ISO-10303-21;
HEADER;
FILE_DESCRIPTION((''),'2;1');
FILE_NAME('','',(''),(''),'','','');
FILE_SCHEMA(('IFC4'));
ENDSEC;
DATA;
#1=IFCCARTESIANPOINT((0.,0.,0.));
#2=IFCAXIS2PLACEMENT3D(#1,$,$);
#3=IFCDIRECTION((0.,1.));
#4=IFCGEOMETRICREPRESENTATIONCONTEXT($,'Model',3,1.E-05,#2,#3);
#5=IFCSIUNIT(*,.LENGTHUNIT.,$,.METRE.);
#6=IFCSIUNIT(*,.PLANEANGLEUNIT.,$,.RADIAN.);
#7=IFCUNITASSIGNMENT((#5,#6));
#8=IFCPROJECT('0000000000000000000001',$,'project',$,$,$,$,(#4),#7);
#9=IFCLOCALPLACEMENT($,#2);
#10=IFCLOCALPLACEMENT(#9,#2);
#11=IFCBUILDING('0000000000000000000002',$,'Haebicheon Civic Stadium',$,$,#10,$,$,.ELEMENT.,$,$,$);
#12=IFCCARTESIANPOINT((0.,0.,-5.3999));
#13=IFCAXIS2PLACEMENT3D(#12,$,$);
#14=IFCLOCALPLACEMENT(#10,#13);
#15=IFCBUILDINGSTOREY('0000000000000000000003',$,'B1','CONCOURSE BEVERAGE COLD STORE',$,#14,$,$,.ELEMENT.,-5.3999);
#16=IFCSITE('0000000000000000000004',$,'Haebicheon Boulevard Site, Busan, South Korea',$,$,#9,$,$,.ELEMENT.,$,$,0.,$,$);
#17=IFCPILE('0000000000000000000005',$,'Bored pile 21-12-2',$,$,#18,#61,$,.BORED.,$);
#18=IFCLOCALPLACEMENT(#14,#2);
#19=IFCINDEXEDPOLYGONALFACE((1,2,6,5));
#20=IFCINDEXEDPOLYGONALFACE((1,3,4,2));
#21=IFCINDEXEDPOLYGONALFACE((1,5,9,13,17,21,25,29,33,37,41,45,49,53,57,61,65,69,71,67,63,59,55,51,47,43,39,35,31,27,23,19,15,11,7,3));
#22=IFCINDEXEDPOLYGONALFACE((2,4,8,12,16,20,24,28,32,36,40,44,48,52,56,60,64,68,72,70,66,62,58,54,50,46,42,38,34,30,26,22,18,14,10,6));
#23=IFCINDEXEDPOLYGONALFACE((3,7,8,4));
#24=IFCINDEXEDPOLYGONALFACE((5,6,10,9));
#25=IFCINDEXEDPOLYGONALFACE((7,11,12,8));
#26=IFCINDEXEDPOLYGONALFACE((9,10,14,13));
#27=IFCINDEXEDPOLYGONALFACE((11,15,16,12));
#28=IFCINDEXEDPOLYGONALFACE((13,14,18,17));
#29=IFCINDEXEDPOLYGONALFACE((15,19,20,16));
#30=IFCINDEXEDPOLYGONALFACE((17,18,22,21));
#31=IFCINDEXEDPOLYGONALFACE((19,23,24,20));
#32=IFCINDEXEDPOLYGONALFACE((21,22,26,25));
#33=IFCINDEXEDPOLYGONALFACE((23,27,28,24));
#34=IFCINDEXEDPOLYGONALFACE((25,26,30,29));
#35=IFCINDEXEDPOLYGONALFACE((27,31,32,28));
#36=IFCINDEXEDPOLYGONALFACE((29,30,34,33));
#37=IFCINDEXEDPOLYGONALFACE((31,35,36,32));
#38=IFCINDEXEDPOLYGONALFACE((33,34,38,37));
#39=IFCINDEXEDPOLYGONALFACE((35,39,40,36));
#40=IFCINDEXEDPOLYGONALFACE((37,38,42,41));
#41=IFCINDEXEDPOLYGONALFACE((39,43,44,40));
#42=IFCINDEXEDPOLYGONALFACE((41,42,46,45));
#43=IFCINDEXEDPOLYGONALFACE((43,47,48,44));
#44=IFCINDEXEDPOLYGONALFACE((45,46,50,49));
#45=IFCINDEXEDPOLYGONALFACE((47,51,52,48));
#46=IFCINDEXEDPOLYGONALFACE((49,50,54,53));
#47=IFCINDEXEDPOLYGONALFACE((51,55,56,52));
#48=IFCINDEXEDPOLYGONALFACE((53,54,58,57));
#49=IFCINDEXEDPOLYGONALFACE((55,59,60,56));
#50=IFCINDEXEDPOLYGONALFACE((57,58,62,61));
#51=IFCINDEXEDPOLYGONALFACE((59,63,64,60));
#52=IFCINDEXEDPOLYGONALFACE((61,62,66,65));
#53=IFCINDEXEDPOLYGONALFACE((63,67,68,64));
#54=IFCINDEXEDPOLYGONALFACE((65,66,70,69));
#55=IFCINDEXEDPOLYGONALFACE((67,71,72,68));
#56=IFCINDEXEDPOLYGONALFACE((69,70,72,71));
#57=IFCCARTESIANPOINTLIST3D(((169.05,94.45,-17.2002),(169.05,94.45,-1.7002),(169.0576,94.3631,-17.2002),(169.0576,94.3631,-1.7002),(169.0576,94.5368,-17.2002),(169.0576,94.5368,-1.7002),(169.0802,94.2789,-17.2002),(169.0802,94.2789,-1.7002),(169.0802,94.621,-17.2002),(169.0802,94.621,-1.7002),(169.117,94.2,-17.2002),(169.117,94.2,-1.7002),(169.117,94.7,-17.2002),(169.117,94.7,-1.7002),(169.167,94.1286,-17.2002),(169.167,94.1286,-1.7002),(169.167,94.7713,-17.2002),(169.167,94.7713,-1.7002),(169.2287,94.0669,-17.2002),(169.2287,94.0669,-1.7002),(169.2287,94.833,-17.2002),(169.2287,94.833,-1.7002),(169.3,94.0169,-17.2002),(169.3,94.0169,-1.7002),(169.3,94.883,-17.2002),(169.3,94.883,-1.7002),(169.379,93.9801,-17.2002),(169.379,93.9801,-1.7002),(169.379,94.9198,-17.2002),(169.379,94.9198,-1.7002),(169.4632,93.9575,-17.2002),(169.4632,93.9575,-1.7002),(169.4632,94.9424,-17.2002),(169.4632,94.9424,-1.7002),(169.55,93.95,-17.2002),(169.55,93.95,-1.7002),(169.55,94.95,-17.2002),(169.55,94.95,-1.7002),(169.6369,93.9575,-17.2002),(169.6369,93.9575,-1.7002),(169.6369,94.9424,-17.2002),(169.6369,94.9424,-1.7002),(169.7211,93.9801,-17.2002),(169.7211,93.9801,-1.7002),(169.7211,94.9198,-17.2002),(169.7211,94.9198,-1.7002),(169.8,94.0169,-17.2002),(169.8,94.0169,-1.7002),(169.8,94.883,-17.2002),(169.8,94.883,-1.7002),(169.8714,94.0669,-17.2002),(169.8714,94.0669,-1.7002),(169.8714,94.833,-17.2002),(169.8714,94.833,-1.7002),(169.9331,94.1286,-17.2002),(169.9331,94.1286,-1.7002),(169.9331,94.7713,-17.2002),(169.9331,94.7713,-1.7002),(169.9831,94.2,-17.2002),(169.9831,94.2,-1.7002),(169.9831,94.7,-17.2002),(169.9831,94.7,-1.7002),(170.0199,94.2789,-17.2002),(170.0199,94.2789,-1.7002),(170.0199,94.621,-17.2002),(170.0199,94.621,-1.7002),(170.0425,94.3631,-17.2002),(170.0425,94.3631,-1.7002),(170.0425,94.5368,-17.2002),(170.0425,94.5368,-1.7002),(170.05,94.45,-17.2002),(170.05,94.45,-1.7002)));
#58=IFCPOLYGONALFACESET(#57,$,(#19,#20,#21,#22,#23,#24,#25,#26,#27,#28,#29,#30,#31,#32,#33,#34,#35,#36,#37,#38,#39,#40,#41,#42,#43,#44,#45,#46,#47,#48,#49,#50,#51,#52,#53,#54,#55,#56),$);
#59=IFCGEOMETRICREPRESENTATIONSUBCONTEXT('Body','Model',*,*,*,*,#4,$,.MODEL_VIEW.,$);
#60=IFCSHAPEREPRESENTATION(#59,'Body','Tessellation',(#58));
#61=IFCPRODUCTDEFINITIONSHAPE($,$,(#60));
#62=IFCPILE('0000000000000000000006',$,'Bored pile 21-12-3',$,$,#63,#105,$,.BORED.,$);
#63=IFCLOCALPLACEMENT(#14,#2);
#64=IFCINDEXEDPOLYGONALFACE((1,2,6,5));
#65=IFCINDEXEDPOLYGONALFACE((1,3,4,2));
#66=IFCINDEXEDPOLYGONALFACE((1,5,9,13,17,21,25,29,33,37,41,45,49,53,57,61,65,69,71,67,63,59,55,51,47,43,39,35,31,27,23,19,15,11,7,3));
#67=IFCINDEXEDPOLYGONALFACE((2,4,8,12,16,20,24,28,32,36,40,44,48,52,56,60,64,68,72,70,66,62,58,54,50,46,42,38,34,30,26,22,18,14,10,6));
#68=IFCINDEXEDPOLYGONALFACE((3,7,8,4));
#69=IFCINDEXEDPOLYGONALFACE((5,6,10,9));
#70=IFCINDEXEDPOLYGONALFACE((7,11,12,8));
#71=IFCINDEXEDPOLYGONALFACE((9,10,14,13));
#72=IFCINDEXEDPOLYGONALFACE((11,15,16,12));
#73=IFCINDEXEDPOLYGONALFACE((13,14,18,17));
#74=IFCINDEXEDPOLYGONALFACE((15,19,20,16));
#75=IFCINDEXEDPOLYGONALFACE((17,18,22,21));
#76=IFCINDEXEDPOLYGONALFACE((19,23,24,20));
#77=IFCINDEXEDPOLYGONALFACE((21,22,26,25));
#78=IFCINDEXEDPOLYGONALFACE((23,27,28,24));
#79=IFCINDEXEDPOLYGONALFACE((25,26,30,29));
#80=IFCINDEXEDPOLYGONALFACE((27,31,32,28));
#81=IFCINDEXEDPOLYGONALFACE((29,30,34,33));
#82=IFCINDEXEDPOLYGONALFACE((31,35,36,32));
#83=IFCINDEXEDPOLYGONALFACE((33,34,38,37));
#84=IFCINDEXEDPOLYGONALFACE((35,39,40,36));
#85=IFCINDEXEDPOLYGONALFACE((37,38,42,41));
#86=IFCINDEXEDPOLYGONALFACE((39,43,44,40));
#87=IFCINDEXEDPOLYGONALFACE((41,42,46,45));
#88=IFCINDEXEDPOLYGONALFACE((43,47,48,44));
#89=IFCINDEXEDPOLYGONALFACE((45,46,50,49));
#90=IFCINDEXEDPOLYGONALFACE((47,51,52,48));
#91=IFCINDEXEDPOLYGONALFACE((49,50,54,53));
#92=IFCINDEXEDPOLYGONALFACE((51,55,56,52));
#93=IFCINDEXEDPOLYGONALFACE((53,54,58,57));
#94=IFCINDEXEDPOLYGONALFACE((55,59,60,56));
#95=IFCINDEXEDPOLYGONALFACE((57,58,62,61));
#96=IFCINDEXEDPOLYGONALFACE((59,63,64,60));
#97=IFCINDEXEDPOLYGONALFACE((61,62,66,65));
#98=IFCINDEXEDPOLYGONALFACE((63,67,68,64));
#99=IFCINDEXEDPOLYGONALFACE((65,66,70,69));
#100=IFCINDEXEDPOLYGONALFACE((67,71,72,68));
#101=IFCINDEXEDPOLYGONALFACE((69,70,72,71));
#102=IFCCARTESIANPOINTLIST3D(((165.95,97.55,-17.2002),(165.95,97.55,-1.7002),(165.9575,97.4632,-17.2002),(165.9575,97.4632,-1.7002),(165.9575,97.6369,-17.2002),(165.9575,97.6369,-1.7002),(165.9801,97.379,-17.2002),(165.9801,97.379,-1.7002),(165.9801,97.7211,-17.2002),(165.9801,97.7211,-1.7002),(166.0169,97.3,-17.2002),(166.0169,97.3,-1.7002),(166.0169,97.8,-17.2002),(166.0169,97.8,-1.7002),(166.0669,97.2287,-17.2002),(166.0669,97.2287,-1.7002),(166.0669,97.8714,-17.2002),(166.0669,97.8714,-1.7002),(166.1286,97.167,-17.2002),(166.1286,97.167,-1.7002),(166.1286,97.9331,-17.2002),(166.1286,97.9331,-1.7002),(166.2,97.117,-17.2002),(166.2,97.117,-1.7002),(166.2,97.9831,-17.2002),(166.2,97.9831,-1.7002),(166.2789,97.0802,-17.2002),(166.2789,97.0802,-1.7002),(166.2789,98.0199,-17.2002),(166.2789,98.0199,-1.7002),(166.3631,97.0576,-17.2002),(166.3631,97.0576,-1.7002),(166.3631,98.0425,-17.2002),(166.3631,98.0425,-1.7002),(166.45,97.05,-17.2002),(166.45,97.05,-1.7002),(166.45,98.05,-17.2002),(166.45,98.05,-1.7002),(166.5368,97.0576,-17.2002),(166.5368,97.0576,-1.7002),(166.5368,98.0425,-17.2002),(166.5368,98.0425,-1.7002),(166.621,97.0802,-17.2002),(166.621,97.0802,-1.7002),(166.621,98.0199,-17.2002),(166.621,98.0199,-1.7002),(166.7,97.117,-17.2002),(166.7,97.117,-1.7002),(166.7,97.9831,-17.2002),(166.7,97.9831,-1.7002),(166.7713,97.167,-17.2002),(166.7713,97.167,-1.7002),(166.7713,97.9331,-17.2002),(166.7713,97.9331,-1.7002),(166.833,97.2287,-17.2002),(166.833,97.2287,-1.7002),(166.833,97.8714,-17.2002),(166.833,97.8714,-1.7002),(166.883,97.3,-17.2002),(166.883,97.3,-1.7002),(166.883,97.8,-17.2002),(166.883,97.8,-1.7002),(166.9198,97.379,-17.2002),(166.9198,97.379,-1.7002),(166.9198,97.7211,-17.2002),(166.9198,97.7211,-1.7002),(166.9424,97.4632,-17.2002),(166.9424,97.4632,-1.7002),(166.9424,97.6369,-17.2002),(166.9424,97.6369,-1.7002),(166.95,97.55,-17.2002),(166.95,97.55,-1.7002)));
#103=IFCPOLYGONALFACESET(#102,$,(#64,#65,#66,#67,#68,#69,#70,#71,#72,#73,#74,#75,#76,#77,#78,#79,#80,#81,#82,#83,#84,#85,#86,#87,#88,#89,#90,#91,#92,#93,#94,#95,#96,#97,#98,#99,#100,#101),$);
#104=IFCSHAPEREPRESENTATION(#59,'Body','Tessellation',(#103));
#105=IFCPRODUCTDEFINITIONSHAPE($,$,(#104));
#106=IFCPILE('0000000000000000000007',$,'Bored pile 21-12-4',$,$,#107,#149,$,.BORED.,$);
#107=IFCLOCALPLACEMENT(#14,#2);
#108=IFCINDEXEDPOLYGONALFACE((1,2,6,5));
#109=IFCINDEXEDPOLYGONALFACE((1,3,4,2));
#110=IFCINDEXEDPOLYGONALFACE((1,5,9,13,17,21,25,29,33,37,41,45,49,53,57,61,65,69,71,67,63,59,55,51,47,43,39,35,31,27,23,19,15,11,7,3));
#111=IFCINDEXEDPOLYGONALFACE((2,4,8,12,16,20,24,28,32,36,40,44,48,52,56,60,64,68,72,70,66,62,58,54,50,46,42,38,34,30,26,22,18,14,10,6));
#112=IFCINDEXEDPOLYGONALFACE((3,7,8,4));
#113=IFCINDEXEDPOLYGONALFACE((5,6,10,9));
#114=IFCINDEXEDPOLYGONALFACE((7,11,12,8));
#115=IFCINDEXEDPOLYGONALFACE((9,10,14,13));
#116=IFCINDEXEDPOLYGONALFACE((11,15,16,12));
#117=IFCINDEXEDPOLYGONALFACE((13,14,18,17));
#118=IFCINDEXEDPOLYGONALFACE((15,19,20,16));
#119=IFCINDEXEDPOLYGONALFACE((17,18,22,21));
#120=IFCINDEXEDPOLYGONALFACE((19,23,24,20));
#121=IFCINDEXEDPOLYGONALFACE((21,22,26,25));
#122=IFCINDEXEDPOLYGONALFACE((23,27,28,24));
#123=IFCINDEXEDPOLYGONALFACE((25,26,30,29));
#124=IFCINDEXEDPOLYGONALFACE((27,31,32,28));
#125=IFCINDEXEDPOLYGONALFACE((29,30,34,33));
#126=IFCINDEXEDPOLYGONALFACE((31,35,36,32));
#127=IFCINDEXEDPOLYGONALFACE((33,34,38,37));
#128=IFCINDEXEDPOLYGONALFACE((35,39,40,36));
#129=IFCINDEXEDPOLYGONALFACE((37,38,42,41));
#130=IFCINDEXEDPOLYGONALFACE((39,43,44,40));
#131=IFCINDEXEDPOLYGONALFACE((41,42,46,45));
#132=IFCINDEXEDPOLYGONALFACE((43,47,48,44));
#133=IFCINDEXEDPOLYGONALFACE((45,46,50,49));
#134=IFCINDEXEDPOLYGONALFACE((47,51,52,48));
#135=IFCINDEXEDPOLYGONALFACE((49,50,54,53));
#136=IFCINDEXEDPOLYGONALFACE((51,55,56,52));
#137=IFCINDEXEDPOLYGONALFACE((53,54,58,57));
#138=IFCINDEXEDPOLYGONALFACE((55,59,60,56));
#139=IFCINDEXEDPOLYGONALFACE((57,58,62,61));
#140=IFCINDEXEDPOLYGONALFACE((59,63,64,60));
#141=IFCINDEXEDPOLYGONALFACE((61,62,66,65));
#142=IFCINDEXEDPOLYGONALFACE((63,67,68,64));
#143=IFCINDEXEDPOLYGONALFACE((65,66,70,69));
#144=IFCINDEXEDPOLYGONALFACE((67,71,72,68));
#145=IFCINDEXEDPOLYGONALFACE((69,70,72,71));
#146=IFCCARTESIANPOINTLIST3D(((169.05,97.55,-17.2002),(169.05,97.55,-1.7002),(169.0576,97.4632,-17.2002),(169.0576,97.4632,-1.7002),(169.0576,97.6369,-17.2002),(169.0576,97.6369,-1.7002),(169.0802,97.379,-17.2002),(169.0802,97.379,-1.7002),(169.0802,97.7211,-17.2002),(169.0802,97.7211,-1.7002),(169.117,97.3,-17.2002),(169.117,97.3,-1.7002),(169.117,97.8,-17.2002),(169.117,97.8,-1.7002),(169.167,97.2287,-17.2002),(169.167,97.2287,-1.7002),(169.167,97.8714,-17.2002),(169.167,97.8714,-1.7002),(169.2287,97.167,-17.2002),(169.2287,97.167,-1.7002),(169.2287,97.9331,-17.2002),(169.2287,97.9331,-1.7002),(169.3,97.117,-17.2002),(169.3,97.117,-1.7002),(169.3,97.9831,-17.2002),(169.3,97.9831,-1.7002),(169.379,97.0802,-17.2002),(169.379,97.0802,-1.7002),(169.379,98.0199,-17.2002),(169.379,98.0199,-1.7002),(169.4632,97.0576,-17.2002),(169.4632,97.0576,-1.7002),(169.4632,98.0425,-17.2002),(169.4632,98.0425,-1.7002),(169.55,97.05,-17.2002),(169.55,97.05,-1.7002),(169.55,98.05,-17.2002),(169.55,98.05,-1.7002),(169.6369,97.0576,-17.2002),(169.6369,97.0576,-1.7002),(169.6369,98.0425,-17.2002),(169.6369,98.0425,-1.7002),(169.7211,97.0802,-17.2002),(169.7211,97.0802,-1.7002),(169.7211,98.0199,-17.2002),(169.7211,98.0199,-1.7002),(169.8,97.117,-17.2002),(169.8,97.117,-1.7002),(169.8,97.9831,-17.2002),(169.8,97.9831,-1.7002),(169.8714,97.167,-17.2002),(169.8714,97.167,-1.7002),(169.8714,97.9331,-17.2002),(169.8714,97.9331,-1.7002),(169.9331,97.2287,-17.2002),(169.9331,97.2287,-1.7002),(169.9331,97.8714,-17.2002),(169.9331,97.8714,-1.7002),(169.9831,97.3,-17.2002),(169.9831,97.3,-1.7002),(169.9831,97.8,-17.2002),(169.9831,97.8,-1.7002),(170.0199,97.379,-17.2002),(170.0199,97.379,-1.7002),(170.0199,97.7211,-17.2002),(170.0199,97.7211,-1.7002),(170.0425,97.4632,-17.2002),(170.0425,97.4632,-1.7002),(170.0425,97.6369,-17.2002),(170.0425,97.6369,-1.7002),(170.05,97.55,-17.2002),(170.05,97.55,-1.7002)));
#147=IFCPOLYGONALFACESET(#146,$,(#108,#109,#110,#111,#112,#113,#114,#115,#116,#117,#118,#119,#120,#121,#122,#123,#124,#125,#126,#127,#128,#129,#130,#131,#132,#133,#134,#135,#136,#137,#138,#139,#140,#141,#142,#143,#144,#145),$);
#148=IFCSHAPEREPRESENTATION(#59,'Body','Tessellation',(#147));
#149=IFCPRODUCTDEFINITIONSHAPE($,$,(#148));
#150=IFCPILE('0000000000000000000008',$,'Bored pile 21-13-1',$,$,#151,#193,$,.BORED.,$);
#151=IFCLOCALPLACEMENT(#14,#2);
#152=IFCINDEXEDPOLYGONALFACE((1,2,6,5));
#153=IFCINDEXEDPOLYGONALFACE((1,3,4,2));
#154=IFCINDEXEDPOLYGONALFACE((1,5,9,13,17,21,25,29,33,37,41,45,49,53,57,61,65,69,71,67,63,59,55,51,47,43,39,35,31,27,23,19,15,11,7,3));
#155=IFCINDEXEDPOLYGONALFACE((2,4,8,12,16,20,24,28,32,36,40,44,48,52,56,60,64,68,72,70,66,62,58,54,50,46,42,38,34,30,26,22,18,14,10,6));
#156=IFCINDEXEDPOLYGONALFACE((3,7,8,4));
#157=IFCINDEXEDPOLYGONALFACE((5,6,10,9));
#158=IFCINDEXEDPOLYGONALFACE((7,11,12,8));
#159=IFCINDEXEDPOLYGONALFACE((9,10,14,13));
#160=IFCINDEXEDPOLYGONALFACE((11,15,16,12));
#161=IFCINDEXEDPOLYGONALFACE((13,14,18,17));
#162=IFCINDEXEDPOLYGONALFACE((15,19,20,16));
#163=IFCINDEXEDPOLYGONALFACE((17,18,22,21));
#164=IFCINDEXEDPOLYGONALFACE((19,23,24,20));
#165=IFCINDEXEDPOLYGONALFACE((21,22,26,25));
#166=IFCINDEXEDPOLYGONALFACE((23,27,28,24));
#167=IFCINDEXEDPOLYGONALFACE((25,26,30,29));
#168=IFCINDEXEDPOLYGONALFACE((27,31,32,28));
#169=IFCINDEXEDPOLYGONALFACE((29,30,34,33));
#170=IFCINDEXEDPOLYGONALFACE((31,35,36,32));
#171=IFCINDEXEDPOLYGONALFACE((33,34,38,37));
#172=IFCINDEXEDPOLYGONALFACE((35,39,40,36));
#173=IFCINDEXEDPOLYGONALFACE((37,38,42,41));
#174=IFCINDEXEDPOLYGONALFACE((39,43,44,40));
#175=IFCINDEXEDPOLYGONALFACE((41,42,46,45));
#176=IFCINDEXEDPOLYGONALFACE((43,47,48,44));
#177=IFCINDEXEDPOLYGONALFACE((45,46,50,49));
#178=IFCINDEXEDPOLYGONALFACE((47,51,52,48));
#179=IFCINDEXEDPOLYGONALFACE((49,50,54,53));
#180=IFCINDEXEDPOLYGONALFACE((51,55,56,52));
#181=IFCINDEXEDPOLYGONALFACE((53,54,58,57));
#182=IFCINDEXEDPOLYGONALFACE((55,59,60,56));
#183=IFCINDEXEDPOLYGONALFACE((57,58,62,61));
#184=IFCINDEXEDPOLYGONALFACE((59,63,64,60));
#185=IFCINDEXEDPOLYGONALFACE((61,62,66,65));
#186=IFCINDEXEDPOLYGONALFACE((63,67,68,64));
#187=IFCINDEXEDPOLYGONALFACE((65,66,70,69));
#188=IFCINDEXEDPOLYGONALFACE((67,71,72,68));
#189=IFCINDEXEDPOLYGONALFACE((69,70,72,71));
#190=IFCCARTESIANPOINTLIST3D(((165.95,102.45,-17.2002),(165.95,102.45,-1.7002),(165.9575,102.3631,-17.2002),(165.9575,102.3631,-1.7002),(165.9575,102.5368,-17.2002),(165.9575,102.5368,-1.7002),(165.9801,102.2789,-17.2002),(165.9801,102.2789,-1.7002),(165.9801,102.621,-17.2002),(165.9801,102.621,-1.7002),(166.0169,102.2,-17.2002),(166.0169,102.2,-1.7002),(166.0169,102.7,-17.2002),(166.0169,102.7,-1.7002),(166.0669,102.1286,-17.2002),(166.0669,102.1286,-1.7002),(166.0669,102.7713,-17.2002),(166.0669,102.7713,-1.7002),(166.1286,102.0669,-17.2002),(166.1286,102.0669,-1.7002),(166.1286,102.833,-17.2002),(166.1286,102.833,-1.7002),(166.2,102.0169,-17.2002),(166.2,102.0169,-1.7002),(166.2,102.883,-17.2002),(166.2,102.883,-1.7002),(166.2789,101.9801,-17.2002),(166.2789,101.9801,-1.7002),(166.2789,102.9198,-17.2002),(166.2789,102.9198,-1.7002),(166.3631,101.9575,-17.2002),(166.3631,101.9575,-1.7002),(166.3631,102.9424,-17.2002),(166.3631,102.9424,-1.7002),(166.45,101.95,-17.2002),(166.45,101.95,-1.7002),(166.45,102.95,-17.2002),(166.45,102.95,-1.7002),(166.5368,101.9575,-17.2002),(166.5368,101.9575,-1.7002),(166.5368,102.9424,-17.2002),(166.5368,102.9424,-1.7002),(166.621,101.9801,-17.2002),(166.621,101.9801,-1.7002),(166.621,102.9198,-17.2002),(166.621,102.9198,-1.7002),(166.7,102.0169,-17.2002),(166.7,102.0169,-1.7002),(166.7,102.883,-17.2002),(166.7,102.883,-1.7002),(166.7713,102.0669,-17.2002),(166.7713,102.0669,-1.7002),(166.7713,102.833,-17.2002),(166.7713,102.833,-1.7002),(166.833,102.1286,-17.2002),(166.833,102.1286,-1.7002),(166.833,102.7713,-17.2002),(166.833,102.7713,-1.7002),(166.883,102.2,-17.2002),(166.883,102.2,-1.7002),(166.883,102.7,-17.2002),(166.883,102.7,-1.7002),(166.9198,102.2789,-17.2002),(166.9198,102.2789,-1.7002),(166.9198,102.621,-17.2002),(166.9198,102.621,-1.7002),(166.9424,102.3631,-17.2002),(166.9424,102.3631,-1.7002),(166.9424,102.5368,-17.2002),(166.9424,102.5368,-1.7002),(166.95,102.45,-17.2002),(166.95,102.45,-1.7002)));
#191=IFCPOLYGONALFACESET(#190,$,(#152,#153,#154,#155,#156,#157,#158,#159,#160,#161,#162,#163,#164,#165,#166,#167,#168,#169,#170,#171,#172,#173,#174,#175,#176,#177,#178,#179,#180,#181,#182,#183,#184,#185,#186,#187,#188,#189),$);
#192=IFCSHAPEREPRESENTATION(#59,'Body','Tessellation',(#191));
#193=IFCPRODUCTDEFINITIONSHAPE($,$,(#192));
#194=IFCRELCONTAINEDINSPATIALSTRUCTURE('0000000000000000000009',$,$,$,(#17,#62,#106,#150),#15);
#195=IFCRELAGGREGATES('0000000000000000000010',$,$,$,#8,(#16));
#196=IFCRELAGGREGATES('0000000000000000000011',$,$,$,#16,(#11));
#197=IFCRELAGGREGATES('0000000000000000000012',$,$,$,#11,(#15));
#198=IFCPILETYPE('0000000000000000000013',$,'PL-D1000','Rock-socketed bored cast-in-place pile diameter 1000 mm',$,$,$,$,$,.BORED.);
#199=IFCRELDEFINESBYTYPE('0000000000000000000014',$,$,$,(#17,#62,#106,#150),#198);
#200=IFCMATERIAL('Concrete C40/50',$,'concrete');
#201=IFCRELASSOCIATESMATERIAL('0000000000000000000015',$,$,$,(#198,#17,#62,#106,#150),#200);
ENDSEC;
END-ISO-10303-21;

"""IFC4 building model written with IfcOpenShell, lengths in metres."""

from ifc_helpers import new_model, si_unit, direction, frame, origin, origin_2d, place, context, subcontext, project, spatial, circle, extrude, material, material_profile, profile_set, type_object, element, save


model = new_model("IFC4")

# Units and contexts
model_context = context("Model", 3, precision=1e-05, world=origin(), true_north=direction((0.0, 1.0)))
body_context = subcontext(model_context, "Body", "Model", "MODEL_VIEW")
ifc_project = project(units=[si_unit("LENGTHUNIT", "METRE"), si_unit("PLANEANGLEUNIT", "RADIAN")], contexts=[model_context])

# Site, building, storey
site_placement = place(None, origin())
site = spatial("IfcSite", under=ifc_project, at=site_placement, Name="Haebicheon Boulevard Site, Busan, South Korea", CompositionType="ELEMENT", RefElevation=0.0)
building_placement = place(site_placement, origin())
building = spatial("IfcBuilding", under=site, at=building_placement, Name="Haebicheon Civic Stadium", CompositionType="ELEMENT")
storey_placement = place(building_placement, frame((0.0, 0.0, -5.3999)))
storey = spatial("IfcBuildingStorey", under=building, at=storey_placement, Name="B1", Description="CONCOURSE BEVERAGE COLD STORE", CompositionType="ELEMENT", Elevation=-5.3999)

# Piles
ifc_material_1 = material(Name="Concrete C40/50", Category="concrete")
ifc_material_profile_1 = material_profile(ifc_material_1, circle(Radius=0.5, at=origin_2d()), Name="PILE-D1000")
ifc_profile_set_1 = profile_set([ifc_material_profile_1], Name="Concrete C40/50")
pile_type_1 = type_object("IfcPileType", Name="PL-D1000", Description="Rock-socketed bored cast-in-place pile diameter 1000 mm", PredefinedType="BORED", material=ifc_profile_set_1)
for number, where, z_axis, x_axis, name in (
    (1, (169.55, 94.45, -1.7002), (0.0, 0.0, -1.0), (1.0, 0.0, 0.0), "Bored pile 21-12-2"),
    (2, (166.45, 97.55, -1.7002), (0.0, 0.0, -1.0), (1.0, 0.0, 0.0), "Bored pile 21-12-3"),
    (3, (169.55, 97.55, -1.7002), (0.0, 0.0, -1.0), (1.0, 0.0, 0.0), "Bored pile 21-12-4"),
    (4, (166.45, 102.45, -1.7002), (0.0, 0.0, -1.0), (1.0, 0.0, 0.0), "Bored pile 21-13-1"),
):
    element("IfcPile", number, at=place(storey_placement, frame(where, z_axis=z_axis, x_axis=x_axis)), inside=storey, type_object=pile_type_1, material=ifc_profile_set_1, Name=name, PredefinedType="BORED", context=body_context, shape_type="SweptSolid", body=[
        extrude(circle(Radius=0.5, at=origin_2d()), origin(), (0.0, 0.0, 1.0), 15.5),
    ])

save(model, "model.ifc")
